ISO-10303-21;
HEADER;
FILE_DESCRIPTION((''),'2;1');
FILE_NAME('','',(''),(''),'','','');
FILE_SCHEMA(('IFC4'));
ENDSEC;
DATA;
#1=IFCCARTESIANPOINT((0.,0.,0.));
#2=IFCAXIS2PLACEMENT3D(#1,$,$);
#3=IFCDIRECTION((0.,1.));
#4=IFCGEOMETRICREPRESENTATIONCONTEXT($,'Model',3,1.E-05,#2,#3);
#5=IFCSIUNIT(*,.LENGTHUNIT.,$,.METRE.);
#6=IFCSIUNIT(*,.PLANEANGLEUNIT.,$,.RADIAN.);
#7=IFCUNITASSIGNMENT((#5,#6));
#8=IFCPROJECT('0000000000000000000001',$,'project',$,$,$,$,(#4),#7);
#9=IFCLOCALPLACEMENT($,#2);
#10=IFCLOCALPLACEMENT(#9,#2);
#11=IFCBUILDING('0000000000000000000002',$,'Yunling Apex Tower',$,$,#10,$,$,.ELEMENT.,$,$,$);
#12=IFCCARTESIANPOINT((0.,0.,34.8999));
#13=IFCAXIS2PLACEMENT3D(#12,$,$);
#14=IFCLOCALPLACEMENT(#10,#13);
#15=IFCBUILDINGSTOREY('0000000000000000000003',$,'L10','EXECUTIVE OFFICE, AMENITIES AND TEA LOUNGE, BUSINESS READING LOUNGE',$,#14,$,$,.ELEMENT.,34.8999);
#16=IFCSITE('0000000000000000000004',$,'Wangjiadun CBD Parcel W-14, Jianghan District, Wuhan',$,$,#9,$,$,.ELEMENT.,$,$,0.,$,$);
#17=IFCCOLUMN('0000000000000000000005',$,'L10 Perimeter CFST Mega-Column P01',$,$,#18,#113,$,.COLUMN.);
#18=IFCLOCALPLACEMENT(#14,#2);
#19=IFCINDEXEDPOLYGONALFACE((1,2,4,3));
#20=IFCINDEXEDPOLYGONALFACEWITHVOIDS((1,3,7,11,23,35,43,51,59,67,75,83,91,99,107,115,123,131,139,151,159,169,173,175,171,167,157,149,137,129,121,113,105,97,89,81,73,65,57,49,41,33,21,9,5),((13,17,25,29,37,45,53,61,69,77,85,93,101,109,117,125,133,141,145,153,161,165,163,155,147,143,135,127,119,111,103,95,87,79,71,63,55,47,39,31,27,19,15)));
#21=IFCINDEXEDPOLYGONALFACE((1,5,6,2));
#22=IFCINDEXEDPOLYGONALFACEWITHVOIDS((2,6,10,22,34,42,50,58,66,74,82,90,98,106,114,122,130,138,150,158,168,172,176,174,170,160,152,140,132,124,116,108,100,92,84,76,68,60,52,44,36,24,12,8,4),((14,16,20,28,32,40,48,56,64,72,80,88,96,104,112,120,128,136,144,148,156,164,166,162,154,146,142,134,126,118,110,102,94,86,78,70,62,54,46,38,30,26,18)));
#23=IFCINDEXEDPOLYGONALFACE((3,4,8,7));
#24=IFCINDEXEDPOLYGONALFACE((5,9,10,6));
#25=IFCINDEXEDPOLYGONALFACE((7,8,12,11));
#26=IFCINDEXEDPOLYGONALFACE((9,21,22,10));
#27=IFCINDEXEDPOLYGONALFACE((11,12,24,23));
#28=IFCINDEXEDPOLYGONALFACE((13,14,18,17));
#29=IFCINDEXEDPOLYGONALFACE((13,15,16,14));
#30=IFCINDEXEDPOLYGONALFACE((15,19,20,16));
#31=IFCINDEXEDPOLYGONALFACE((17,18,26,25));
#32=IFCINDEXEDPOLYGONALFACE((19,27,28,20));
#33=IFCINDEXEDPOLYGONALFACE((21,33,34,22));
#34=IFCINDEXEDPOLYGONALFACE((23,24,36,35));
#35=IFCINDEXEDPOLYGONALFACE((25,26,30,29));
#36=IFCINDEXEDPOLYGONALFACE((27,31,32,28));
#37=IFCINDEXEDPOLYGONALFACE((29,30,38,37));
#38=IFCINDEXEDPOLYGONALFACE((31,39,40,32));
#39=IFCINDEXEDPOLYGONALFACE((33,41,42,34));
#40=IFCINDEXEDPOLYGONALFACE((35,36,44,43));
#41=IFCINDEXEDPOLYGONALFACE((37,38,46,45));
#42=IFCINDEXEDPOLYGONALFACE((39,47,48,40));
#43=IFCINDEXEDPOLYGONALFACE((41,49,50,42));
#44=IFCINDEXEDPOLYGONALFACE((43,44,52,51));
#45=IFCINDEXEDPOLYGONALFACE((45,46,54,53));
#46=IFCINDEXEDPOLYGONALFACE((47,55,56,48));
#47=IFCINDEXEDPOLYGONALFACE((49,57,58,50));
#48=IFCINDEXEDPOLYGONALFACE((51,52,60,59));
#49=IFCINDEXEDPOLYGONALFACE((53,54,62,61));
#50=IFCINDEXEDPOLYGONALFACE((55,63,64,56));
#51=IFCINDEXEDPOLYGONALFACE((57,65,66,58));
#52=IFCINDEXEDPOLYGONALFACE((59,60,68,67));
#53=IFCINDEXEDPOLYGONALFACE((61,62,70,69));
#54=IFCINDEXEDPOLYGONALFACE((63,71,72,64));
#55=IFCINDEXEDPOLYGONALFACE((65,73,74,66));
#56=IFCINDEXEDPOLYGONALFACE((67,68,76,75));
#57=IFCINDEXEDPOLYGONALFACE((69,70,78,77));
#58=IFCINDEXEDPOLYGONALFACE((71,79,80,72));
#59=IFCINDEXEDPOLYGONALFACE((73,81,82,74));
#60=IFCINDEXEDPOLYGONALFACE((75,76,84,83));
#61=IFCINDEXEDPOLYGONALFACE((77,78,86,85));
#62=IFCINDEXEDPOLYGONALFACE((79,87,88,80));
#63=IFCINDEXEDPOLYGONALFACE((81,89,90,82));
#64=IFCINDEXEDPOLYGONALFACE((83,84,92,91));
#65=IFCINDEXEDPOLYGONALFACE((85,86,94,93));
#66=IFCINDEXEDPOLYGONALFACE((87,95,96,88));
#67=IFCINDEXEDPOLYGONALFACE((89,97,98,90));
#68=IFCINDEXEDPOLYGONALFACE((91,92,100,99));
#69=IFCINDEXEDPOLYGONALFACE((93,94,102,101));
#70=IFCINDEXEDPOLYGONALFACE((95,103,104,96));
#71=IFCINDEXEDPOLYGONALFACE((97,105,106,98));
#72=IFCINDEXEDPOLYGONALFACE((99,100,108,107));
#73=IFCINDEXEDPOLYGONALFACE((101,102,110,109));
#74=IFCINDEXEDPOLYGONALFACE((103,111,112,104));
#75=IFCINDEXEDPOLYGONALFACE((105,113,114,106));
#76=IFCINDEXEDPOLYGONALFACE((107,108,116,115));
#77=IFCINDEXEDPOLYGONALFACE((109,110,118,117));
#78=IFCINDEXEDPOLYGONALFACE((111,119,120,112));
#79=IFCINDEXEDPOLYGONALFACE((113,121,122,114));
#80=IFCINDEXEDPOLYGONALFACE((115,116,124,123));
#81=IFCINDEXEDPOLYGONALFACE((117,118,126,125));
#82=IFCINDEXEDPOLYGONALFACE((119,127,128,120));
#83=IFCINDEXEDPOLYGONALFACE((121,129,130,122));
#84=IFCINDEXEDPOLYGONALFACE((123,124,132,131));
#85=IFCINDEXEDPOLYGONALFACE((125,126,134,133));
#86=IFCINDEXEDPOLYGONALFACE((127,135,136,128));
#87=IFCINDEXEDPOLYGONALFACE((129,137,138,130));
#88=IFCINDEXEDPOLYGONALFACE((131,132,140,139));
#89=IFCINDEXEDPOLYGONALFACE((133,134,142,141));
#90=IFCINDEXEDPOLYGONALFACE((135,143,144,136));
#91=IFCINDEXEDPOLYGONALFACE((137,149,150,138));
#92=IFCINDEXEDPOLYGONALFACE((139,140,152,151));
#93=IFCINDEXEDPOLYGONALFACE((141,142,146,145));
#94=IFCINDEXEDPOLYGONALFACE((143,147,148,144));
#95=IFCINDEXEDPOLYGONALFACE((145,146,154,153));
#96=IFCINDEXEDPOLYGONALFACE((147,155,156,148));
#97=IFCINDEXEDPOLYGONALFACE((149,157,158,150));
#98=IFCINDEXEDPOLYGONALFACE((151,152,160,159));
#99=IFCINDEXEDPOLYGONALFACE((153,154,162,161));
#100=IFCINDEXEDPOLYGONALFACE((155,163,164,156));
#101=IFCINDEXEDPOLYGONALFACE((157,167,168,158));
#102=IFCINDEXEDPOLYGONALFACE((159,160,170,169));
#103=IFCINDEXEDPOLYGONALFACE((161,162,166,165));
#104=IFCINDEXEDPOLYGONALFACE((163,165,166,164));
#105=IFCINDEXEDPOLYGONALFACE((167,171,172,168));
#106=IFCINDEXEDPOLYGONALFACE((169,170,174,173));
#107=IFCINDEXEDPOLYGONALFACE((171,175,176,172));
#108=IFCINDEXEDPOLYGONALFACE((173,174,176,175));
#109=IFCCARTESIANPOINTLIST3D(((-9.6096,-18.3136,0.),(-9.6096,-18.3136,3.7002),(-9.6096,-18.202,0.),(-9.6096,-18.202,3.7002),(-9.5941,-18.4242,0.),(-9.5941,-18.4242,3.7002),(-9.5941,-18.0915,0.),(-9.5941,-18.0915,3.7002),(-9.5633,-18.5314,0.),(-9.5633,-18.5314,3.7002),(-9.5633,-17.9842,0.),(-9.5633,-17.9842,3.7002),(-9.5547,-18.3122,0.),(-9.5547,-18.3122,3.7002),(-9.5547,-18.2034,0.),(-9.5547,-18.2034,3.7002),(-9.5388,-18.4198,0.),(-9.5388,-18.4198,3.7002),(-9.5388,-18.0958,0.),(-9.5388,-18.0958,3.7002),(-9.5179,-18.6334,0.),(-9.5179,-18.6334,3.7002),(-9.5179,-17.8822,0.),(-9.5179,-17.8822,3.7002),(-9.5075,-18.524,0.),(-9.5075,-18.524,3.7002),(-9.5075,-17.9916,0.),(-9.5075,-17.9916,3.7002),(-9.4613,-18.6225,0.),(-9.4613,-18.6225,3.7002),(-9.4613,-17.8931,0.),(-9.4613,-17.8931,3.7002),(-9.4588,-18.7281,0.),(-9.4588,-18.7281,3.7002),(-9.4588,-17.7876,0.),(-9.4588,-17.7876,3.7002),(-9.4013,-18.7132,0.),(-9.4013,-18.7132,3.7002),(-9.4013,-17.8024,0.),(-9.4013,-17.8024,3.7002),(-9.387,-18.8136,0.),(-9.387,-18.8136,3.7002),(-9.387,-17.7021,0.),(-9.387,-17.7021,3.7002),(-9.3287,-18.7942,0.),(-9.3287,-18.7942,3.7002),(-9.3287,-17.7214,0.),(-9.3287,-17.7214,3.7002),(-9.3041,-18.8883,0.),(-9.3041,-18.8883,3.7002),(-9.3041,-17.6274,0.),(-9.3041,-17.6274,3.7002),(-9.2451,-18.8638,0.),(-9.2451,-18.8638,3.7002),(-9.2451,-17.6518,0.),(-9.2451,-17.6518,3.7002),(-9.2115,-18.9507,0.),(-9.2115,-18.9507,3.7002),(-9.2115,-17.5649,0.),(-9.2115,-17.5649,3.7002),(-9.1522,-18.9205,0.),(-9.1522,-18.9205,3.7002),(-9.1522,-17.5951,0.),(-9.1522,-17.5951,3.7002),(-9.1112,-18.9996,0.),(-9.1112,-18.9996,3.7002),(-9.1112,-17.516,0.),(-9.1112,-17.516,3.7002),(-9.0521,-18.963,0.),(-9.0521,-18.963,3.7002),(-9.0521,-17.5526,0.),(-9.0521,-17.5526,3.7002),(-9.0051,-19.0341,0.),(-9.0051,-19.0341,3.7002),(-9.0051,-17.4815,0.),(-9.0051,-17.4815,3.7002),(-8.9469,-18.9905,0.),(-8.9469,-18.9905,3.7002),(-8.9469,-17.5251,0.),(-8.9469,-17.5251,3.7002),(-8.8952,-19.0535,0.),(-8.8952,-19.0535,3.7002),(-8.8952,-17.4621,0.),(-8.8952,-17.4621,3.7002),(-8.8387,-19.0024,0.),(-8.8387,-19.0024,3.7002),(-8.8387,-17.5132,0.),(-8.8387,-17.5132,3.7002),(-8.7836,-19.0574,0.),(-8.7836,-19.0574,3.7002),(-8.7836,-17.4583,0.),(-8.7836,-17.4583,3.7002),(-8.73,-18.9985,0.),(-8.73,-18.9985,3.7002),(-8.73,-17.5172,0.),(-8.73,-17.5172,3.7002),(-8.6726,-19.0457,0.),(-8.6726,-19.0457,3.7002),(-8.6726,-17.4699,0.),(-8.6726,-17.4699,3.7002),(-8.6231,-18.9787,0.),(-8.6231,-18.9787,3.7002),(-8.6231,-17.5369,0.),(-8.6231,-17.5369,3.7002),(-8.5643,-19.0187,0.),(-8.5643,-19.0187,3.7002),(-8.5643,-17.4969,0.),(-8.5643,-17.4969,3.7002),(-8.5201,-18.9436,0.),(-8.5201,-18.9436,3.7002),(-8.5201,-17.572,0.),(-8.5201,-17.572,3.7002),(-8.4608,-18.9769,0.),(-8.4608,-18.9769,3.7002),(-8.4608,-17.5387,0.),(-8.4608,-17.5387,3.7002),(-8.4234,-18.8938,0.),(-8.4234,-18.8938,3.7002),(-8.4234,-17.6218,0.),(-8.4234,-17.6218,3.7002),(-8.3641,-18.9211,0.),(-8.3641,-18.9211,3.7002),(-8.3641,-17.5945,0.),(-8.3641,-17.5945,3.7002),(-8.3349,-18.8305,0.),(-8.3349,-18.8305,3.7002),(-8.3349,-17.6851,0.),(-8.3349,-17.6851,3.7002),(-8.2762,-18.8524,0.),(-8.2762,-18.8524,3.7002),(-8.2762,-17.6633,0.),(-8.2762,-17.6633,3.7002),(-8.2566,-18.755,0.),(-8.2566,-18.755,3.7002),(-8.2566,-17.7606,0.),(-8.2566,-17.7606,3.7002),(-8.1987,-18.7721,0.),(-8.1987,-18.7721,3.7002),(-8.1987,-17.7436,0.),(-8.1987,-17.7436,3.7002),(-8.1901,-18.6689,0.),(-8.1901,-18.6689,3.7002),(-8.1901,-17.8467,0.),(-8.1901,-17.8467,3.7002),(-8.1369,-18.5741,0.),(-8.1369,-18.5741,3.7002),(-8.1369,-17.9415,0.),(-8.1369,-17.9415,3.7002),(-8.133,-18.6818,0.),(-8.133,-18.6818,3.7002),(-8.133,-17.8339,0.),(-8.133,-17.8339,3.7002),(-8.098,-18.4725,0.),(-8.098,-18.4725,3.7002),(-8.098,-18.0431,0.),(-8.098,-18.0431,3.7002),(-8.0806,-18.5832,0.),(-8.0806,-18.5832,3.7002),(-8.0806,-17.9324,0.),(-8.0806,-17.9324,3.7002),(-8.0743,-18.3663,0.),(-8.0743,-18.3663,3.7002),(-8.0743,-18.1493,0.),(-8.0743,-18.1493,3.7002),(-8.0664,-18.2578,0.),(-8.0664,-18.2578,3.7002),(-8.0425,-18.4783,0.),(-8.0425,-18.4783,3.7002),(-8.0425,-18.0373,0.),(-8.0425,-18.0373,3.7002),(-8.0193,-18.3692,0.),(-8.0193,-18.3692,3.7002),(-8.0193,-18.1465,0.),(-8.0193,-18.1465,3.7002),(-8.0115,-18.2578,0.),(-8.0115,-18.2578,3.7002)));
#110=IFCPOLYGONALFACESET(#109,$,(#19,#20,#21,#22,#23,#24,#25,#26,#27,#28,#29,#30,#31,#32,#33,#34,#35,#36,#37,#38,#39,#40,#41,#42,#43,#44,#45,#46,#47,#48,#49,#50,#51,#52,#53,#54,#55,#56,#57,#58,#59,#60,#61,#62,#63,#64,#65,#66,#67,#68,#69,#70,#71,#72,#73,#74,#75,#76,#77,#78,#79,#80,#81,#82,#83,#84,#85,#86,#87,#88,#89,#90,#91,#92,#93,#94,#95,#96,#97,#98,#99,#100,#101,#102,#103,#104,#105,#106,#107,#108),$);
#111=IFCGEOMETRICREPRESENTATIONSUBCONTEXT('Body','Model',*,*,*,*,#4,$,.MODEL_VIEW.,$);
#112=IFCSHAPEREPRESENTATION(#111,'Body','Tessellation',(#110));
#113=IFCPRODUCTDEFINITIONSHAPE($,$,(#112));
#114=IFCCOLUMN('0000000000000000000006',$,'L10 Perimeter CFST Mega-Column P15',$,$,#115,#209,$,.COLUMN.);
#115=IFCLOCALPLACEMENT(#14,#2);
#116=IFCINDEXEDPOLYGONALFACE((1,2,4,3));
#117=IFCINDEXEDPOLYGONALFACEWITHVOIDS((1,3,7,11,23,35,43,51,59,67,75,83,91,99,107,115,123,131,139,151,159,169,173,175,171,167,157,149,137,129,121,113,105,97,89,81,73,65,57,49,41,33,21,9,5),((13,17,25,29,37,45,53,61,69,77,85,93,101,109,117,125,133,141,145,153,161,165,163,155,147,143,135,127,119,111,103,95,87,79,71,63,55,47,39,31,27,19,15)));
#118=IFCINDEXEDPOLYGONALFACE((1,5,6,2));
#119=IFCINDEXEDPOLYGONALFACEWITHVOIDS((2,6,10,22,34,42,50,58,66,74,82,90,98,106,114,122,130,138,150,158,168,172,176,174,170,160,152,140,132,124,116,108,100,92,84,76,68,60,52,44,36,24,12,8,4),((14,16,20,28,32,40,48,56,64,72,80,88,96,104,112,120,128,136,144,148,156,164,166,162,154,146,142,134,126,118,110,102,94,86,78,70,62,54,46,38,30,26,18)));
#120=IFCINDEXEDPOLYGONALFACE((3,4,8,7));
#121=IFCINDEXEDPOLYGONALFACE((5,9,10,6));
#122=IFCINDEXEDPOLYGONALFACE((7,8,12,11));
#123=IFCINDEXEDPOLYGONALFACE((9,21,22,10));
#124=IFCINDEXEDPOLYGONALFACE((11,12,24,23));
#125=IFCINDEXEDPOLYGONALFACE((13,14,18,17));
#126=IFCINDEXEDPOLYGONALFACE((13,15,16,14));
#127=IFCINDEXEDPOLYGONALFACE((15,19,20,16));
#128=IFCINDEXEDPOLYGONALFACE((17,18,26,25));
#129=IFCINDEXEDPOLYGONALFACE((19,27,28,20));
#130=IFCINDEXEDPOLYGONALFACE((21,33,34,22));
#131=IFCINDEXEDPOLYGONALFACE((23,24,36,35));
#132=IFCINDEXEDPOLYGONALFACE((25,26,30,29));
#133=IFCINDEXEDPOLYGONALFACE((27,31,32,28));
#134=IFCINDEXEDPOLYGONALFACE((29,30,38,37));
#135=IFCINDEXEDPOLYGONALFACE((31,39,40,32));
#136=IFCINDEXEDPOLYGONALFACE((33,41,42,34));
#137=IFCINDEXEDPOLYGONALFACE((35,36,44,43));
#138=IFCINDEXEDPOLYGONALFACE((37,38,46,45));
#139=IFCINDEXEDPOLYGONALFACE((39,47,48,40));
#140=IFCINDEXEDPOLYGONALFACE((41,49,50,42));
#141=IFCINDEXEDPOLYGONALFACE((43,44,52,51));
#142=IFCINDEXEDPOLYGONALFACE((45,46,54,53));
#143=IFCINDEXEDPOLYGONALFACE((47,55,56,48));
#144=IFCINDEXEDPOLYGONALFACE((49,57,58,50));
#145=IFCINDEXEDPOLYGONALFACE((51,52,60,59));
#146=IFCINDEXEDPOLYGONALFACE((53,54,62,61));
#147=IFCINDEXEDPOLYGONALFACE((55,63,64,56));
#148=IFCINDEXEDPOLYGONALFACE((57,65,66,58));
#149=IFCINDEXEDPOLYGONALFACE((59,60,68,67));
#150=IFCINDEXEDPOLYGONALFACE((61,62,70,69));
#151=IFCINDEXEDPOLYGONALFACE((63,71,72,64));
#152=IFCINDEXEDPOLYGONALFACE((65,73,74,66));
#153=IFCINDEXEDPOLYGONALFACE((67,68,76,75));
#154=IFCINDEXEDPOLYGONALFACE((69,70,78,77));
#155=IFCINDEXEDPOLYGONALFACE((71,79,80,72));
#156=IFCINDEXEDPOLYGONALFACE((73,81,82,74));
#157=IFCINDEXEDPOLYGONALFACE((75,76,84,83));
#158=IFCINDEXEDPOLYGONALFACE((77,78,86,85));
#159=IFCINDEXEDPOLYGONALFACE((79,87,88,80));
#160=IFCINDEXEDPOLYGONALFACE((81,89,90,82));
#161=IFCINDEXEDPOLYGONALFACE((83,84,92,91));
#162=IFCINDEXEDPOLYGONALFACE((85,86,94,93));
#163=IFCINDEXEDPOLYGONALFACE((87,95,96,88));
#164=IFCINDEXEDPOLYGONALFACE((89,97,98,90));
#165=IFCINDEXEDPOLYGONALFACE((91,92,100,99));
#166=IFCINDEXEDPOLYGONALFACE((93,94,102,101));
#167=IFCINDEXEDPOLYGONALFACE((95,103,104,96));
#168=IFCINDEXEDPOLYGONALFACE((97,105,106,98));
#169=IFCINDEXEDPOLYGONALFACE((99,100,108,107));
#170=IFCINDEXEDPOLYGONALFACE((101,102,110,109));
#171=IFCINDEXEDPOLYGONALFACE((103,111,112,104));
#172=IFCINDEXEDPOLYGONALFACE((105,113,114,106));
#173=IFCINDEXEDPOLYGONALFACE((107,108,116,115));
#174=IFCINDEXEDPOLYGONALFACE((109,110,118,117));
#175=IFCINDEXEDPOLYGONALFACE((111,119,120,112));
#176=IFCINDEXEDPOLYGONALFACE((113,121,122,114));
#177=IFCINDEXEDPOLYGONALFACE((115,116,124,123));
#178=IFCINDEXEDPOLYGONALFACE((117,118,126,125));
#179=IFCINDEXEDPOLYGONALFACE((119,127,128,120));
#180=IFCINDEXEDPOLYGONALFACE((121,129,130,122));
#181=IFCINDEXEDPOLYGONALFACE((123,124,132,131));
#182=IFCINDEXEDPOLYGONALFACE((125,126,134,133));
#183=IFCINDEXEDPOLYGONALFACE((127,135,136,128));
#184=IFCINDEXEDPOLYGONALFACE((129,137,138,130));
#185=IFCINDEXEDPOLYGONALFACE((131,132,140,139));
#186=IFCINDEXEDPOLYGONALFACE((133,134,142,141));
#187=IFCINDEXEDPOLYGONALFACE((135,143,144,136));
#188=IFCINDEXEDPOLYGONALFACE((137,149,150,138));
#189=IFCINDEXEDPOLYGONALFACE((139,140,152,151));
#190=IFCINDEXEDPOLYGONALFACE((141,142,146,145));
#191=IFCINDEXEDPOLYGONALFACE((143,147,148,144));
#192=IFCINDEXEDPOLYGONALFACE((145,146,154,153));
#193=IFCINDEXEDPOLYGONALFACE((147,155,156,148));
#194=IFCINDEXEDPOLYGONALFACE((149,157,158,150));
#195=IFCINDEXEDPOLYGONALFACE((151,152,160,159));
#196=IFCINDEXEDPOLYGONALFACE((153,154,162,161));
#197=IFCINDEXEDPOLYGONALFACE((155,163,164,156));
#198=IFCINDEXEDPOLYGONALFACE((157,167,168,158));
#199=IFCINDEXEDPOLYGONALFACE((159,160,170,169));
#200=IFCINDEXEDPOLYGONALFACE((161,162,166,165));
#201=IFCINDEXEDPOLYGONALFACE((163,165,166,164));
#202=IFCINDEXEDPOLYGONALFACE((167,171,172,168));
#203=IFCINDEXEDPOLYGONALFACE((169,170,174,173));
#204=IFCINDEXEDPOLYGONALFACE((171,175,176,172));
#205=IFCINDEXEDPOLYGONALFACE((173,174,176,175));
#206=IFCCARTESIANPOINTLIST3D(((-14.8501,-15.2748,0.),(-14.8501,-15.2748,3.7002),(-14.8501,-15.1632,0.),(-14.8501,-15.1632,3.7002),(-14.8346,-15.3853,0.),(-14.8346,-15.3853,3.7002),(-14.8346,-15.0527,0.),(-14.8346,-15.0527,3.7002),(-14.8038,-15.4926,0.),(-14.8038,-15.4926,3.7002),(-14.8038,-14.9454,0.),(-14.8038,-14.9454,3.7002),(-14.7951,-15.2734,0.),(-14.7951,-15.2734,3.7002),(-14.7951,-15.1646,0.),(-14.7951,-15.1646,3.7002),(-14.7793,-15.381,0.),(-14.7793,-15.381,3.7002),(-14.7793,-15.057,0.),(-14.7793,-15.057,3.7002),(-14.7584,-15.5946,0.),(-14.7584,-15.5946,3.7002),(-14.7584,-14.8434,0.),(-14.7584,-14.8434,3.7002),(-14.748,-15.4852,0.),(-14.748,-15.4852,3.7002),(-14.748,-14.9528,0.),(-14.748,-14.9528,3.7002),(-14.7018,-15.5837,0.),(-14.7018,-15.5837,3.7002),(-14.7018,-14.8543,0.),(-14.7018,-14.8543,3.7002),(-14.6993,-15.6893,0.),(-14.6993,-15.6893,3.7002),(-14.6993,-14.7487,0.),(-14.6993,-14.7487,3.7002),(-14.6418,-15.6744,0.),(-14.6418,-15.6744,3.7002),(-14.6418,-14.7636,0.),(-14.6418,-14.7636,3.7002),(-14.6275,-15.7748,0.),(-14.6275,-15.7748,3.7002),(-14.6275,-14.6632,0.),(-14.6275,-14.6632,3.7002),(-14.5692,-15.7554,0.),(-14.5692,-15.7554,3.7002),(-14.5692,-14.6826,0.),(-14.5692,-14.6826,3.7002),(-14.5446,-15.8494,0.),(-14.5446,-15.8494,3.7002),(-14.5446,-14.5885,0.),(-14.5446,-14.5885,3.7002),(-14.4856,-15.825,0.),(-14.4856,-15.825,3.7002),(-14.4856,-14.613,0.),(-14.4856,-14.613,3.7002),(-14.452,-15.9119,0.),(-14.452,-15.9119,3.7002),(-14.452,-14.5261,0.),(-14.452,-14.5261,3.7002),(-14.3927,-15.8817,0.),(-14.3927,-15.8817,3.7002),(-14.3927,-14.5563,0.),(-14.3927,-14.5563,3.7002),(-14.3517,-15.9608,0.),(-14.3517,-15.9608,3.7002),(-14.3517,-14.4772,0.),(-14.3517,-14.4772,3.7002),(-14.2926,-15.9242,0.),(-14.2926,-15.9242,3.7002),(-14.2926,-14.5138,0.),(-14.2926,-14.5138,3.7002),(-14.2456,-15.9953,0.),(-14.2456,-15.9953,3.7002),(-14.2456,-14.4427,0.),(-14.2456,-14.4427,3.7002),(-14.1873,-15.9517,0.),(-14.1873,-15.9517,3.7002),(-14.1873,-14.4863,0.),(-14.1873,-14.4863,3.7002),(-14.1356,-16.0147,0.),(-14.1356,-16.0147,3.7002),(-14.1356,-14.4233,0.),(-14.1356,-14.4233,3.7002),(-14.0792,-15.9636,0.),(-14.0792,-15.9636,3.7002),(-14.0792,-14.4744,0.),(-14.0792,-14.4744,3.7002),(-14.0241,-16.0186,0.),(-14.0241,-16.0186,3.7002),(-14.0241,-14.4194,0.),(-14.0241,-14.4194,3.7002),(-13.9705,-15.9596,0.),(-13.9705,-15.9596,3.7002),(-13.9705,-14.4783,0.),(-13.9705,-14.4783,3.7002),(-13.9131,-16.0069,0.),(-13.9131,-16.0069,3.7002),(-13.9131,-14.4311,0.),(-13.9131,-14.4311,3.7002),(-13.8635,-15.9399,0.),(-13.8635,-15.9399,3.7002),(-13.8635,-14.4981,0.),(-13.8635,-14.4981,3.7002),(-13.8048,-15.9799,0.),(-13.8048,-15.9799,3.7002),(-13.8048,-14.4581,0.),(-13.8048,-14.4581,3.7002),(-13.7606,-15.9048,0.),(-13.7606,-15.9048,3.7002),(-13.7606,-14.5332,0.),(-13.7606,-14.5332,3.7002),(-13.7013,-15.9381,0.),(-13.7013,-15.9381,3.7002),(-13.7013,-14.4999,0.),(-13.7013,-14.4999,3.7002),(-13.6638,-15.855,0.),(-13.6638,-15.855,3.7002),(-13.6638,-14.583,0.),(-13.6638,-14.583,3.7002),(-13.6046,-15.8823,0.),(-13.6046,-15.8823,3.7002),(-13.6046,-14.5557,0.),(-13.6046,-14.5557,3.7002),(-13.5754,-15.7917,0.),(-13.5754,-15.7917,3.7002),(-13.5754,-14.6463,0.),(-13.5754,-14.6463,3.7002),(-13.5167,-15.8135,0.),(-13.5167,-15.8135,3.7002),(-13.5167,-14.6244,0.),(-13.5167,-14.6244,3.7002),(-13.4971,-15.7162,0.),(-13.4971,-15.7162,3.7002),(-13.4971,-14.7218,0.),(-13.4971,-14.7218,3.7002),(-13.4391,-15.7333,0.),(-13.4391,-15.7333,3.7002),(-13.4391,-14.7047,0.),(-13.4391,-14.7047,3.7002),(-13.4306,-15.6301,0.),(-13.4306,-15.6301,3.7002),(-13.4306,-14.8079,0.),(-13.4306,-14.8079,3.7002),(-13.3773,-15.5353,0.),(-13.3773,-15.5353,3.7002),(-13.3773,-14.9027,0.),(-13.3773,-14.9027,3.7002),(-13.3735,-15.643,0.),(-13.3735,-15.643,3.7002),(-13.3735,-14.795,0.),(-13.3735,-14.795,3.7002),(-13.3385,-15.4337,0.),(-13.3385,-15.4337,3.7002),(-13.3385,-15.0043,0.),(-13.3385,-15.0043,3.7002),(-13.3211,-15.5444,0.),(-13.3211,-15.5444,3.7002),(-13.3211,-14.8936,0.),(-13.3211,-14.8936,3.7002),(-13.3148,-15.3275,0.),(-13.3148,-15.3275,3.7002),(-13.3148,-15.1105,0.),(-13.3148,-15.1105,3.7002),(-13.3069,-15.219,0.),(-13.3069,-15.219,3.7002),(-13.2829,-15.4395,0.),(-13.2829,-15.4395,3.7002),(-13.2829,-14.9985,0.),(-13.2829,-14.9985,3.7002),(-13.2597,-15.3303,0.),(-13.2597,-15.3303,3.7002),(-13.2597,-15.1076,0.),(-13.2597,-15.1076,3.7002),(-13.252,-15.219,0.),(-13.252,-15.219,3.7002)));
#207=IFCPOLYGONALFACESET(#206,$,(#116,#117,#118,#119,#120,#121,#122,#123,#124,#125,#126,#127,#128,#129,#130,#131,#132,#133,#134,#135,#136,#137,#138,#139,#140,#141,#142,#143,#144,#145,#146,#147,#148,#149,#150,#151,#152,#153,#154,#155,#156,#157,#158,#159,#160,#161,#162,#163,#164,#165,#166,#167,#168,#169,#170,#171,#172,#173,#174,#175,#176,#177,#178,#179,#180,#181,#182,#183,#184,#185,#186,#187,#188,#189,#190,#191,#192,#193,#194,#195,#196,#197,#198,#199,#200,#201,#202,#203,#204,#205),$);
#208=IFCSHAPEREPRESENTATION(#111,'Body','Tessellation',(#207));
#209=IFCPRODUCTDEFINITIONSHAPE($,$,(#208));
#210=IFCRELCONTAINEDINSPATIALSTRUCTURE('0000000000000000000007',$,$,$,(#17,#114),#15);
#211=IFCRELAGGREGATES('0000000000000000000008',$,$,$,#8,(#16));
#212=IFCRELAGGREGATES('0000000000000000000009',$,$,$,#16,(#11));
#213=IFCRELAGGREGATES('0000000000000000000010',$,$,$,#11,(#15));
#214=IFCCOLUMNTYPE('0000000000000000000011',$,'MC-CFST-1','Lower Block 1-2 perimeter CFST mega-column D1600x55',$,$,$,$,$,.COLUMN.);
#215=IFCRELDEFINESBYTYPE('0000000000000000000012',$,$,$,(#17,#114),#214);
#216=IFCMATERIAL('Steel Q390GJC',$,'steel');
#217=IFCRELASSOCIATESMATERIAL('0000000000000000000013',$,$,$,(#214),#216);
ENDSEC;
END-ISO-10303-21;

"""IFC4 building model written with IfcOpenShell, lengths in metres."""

from ifc_helpers import new_model, si_unit, direction, frame, origin, origin_2d, place, context, subcontext, project, spatial, hollow_circle, extrude, source, transform, mapped, material, material_profile, profile_set, type_object, element, save


model = new_model("IFC4")

# Units and contexts
model_context = context("Model", 3, precision=1e-05, world=origin(), true_north=direction((0.0, 1.0)))
body_context = subcontext(model_context, "Body", "Model", "MODEL_VIEW")
ifc_project = project(units=[si_unit("LENGTHUNIT", "METRE"), si_unit("PLANEANGLEUNIT", "RADIAN")], contexts=[model_context])

# Site, building, storey
site_placement = place(None, origin())
site = spatial("IfcSite", under=ifc_project, at=site_placement, Name="Wangjiadun CBD Parcel W-14, Jianghan District, Wuhan", CompositionType="ELEMENT", RefElevation=0.0)
building_placement = place(site_placement, origin())
building = spatial("IfcBuilding", under=site, at=building_placement, Name="Yunling Apex Tower", CompositionType="ELEMENT")
storey_placement = place(building_placement, frame((0.0, 0.0, 34.8999)))
storey = spatial("IfcBuildingStorey", under=building, at=storey_placement, Name="L10", Description="EXECUTIVE OFFICE, AMENITIES AND TEA LOUNGE, BUSINESS READING LOUNGE", CompositionType="ELEMENT", Elevation=34.8999)

# Columns
ifc_material_1 = material(Name="Steel Q390GJC", Category="steel")
ifc_material_profile_1 = material_profile(ifc_material_1, hollow_circle(Radius=0.8, WallThickness=0.0549, at=origin_2d()))
ifc_profile_set_1 = profile_set([ifc_material_profile_1], Name="Steel Q390GJC")
column_type = type_object("IfcColumnType", Name="MC-CFST-1", Description="Lower Block 1-2 perimeter CFST mega-column D1600x55", PredefinedType="COLUMN", material=ifc_profile_set_1)
shared_shape_1 = source(origin(), body_context, "Body", "SweptSolid", [
    extrude(hollow_circle(Radius=0.8, WallThickness=0.0549, at=origin_2d()), origin(), (0.0, 0.0, 1.0), 3.7002),
])
for number, where, z_axis, x_axis, name in (
    (1, (-8.8115, -18.2578, 0.0), (0.0, 0.0, 1.0), (1.0, 0.0, 0.0), "L10 Perimeter CFST Mega-Column P01"),
    (2, (-14.052, -15.219, 0.0), (0.0, 0.0, 1.0), (1.0, 0.0, 0.0), "L10 Perimeter CFST Mega-Column P15"),
):
    element("IfcColumn", number, at=place(storey_placement, frame(where, z_axis=z_axis, x_axis=x_axis)), inside=storey, type_object=column_type, Name=name, PredefinedType="COLUMN", context=body_context, shape_type="MappedRepresentation", body=[
        mapped(shared_shape_1, transform((0.0, 0.0, 0.0), scale=1.0)),
    ])

save(model, "model.ifc")
